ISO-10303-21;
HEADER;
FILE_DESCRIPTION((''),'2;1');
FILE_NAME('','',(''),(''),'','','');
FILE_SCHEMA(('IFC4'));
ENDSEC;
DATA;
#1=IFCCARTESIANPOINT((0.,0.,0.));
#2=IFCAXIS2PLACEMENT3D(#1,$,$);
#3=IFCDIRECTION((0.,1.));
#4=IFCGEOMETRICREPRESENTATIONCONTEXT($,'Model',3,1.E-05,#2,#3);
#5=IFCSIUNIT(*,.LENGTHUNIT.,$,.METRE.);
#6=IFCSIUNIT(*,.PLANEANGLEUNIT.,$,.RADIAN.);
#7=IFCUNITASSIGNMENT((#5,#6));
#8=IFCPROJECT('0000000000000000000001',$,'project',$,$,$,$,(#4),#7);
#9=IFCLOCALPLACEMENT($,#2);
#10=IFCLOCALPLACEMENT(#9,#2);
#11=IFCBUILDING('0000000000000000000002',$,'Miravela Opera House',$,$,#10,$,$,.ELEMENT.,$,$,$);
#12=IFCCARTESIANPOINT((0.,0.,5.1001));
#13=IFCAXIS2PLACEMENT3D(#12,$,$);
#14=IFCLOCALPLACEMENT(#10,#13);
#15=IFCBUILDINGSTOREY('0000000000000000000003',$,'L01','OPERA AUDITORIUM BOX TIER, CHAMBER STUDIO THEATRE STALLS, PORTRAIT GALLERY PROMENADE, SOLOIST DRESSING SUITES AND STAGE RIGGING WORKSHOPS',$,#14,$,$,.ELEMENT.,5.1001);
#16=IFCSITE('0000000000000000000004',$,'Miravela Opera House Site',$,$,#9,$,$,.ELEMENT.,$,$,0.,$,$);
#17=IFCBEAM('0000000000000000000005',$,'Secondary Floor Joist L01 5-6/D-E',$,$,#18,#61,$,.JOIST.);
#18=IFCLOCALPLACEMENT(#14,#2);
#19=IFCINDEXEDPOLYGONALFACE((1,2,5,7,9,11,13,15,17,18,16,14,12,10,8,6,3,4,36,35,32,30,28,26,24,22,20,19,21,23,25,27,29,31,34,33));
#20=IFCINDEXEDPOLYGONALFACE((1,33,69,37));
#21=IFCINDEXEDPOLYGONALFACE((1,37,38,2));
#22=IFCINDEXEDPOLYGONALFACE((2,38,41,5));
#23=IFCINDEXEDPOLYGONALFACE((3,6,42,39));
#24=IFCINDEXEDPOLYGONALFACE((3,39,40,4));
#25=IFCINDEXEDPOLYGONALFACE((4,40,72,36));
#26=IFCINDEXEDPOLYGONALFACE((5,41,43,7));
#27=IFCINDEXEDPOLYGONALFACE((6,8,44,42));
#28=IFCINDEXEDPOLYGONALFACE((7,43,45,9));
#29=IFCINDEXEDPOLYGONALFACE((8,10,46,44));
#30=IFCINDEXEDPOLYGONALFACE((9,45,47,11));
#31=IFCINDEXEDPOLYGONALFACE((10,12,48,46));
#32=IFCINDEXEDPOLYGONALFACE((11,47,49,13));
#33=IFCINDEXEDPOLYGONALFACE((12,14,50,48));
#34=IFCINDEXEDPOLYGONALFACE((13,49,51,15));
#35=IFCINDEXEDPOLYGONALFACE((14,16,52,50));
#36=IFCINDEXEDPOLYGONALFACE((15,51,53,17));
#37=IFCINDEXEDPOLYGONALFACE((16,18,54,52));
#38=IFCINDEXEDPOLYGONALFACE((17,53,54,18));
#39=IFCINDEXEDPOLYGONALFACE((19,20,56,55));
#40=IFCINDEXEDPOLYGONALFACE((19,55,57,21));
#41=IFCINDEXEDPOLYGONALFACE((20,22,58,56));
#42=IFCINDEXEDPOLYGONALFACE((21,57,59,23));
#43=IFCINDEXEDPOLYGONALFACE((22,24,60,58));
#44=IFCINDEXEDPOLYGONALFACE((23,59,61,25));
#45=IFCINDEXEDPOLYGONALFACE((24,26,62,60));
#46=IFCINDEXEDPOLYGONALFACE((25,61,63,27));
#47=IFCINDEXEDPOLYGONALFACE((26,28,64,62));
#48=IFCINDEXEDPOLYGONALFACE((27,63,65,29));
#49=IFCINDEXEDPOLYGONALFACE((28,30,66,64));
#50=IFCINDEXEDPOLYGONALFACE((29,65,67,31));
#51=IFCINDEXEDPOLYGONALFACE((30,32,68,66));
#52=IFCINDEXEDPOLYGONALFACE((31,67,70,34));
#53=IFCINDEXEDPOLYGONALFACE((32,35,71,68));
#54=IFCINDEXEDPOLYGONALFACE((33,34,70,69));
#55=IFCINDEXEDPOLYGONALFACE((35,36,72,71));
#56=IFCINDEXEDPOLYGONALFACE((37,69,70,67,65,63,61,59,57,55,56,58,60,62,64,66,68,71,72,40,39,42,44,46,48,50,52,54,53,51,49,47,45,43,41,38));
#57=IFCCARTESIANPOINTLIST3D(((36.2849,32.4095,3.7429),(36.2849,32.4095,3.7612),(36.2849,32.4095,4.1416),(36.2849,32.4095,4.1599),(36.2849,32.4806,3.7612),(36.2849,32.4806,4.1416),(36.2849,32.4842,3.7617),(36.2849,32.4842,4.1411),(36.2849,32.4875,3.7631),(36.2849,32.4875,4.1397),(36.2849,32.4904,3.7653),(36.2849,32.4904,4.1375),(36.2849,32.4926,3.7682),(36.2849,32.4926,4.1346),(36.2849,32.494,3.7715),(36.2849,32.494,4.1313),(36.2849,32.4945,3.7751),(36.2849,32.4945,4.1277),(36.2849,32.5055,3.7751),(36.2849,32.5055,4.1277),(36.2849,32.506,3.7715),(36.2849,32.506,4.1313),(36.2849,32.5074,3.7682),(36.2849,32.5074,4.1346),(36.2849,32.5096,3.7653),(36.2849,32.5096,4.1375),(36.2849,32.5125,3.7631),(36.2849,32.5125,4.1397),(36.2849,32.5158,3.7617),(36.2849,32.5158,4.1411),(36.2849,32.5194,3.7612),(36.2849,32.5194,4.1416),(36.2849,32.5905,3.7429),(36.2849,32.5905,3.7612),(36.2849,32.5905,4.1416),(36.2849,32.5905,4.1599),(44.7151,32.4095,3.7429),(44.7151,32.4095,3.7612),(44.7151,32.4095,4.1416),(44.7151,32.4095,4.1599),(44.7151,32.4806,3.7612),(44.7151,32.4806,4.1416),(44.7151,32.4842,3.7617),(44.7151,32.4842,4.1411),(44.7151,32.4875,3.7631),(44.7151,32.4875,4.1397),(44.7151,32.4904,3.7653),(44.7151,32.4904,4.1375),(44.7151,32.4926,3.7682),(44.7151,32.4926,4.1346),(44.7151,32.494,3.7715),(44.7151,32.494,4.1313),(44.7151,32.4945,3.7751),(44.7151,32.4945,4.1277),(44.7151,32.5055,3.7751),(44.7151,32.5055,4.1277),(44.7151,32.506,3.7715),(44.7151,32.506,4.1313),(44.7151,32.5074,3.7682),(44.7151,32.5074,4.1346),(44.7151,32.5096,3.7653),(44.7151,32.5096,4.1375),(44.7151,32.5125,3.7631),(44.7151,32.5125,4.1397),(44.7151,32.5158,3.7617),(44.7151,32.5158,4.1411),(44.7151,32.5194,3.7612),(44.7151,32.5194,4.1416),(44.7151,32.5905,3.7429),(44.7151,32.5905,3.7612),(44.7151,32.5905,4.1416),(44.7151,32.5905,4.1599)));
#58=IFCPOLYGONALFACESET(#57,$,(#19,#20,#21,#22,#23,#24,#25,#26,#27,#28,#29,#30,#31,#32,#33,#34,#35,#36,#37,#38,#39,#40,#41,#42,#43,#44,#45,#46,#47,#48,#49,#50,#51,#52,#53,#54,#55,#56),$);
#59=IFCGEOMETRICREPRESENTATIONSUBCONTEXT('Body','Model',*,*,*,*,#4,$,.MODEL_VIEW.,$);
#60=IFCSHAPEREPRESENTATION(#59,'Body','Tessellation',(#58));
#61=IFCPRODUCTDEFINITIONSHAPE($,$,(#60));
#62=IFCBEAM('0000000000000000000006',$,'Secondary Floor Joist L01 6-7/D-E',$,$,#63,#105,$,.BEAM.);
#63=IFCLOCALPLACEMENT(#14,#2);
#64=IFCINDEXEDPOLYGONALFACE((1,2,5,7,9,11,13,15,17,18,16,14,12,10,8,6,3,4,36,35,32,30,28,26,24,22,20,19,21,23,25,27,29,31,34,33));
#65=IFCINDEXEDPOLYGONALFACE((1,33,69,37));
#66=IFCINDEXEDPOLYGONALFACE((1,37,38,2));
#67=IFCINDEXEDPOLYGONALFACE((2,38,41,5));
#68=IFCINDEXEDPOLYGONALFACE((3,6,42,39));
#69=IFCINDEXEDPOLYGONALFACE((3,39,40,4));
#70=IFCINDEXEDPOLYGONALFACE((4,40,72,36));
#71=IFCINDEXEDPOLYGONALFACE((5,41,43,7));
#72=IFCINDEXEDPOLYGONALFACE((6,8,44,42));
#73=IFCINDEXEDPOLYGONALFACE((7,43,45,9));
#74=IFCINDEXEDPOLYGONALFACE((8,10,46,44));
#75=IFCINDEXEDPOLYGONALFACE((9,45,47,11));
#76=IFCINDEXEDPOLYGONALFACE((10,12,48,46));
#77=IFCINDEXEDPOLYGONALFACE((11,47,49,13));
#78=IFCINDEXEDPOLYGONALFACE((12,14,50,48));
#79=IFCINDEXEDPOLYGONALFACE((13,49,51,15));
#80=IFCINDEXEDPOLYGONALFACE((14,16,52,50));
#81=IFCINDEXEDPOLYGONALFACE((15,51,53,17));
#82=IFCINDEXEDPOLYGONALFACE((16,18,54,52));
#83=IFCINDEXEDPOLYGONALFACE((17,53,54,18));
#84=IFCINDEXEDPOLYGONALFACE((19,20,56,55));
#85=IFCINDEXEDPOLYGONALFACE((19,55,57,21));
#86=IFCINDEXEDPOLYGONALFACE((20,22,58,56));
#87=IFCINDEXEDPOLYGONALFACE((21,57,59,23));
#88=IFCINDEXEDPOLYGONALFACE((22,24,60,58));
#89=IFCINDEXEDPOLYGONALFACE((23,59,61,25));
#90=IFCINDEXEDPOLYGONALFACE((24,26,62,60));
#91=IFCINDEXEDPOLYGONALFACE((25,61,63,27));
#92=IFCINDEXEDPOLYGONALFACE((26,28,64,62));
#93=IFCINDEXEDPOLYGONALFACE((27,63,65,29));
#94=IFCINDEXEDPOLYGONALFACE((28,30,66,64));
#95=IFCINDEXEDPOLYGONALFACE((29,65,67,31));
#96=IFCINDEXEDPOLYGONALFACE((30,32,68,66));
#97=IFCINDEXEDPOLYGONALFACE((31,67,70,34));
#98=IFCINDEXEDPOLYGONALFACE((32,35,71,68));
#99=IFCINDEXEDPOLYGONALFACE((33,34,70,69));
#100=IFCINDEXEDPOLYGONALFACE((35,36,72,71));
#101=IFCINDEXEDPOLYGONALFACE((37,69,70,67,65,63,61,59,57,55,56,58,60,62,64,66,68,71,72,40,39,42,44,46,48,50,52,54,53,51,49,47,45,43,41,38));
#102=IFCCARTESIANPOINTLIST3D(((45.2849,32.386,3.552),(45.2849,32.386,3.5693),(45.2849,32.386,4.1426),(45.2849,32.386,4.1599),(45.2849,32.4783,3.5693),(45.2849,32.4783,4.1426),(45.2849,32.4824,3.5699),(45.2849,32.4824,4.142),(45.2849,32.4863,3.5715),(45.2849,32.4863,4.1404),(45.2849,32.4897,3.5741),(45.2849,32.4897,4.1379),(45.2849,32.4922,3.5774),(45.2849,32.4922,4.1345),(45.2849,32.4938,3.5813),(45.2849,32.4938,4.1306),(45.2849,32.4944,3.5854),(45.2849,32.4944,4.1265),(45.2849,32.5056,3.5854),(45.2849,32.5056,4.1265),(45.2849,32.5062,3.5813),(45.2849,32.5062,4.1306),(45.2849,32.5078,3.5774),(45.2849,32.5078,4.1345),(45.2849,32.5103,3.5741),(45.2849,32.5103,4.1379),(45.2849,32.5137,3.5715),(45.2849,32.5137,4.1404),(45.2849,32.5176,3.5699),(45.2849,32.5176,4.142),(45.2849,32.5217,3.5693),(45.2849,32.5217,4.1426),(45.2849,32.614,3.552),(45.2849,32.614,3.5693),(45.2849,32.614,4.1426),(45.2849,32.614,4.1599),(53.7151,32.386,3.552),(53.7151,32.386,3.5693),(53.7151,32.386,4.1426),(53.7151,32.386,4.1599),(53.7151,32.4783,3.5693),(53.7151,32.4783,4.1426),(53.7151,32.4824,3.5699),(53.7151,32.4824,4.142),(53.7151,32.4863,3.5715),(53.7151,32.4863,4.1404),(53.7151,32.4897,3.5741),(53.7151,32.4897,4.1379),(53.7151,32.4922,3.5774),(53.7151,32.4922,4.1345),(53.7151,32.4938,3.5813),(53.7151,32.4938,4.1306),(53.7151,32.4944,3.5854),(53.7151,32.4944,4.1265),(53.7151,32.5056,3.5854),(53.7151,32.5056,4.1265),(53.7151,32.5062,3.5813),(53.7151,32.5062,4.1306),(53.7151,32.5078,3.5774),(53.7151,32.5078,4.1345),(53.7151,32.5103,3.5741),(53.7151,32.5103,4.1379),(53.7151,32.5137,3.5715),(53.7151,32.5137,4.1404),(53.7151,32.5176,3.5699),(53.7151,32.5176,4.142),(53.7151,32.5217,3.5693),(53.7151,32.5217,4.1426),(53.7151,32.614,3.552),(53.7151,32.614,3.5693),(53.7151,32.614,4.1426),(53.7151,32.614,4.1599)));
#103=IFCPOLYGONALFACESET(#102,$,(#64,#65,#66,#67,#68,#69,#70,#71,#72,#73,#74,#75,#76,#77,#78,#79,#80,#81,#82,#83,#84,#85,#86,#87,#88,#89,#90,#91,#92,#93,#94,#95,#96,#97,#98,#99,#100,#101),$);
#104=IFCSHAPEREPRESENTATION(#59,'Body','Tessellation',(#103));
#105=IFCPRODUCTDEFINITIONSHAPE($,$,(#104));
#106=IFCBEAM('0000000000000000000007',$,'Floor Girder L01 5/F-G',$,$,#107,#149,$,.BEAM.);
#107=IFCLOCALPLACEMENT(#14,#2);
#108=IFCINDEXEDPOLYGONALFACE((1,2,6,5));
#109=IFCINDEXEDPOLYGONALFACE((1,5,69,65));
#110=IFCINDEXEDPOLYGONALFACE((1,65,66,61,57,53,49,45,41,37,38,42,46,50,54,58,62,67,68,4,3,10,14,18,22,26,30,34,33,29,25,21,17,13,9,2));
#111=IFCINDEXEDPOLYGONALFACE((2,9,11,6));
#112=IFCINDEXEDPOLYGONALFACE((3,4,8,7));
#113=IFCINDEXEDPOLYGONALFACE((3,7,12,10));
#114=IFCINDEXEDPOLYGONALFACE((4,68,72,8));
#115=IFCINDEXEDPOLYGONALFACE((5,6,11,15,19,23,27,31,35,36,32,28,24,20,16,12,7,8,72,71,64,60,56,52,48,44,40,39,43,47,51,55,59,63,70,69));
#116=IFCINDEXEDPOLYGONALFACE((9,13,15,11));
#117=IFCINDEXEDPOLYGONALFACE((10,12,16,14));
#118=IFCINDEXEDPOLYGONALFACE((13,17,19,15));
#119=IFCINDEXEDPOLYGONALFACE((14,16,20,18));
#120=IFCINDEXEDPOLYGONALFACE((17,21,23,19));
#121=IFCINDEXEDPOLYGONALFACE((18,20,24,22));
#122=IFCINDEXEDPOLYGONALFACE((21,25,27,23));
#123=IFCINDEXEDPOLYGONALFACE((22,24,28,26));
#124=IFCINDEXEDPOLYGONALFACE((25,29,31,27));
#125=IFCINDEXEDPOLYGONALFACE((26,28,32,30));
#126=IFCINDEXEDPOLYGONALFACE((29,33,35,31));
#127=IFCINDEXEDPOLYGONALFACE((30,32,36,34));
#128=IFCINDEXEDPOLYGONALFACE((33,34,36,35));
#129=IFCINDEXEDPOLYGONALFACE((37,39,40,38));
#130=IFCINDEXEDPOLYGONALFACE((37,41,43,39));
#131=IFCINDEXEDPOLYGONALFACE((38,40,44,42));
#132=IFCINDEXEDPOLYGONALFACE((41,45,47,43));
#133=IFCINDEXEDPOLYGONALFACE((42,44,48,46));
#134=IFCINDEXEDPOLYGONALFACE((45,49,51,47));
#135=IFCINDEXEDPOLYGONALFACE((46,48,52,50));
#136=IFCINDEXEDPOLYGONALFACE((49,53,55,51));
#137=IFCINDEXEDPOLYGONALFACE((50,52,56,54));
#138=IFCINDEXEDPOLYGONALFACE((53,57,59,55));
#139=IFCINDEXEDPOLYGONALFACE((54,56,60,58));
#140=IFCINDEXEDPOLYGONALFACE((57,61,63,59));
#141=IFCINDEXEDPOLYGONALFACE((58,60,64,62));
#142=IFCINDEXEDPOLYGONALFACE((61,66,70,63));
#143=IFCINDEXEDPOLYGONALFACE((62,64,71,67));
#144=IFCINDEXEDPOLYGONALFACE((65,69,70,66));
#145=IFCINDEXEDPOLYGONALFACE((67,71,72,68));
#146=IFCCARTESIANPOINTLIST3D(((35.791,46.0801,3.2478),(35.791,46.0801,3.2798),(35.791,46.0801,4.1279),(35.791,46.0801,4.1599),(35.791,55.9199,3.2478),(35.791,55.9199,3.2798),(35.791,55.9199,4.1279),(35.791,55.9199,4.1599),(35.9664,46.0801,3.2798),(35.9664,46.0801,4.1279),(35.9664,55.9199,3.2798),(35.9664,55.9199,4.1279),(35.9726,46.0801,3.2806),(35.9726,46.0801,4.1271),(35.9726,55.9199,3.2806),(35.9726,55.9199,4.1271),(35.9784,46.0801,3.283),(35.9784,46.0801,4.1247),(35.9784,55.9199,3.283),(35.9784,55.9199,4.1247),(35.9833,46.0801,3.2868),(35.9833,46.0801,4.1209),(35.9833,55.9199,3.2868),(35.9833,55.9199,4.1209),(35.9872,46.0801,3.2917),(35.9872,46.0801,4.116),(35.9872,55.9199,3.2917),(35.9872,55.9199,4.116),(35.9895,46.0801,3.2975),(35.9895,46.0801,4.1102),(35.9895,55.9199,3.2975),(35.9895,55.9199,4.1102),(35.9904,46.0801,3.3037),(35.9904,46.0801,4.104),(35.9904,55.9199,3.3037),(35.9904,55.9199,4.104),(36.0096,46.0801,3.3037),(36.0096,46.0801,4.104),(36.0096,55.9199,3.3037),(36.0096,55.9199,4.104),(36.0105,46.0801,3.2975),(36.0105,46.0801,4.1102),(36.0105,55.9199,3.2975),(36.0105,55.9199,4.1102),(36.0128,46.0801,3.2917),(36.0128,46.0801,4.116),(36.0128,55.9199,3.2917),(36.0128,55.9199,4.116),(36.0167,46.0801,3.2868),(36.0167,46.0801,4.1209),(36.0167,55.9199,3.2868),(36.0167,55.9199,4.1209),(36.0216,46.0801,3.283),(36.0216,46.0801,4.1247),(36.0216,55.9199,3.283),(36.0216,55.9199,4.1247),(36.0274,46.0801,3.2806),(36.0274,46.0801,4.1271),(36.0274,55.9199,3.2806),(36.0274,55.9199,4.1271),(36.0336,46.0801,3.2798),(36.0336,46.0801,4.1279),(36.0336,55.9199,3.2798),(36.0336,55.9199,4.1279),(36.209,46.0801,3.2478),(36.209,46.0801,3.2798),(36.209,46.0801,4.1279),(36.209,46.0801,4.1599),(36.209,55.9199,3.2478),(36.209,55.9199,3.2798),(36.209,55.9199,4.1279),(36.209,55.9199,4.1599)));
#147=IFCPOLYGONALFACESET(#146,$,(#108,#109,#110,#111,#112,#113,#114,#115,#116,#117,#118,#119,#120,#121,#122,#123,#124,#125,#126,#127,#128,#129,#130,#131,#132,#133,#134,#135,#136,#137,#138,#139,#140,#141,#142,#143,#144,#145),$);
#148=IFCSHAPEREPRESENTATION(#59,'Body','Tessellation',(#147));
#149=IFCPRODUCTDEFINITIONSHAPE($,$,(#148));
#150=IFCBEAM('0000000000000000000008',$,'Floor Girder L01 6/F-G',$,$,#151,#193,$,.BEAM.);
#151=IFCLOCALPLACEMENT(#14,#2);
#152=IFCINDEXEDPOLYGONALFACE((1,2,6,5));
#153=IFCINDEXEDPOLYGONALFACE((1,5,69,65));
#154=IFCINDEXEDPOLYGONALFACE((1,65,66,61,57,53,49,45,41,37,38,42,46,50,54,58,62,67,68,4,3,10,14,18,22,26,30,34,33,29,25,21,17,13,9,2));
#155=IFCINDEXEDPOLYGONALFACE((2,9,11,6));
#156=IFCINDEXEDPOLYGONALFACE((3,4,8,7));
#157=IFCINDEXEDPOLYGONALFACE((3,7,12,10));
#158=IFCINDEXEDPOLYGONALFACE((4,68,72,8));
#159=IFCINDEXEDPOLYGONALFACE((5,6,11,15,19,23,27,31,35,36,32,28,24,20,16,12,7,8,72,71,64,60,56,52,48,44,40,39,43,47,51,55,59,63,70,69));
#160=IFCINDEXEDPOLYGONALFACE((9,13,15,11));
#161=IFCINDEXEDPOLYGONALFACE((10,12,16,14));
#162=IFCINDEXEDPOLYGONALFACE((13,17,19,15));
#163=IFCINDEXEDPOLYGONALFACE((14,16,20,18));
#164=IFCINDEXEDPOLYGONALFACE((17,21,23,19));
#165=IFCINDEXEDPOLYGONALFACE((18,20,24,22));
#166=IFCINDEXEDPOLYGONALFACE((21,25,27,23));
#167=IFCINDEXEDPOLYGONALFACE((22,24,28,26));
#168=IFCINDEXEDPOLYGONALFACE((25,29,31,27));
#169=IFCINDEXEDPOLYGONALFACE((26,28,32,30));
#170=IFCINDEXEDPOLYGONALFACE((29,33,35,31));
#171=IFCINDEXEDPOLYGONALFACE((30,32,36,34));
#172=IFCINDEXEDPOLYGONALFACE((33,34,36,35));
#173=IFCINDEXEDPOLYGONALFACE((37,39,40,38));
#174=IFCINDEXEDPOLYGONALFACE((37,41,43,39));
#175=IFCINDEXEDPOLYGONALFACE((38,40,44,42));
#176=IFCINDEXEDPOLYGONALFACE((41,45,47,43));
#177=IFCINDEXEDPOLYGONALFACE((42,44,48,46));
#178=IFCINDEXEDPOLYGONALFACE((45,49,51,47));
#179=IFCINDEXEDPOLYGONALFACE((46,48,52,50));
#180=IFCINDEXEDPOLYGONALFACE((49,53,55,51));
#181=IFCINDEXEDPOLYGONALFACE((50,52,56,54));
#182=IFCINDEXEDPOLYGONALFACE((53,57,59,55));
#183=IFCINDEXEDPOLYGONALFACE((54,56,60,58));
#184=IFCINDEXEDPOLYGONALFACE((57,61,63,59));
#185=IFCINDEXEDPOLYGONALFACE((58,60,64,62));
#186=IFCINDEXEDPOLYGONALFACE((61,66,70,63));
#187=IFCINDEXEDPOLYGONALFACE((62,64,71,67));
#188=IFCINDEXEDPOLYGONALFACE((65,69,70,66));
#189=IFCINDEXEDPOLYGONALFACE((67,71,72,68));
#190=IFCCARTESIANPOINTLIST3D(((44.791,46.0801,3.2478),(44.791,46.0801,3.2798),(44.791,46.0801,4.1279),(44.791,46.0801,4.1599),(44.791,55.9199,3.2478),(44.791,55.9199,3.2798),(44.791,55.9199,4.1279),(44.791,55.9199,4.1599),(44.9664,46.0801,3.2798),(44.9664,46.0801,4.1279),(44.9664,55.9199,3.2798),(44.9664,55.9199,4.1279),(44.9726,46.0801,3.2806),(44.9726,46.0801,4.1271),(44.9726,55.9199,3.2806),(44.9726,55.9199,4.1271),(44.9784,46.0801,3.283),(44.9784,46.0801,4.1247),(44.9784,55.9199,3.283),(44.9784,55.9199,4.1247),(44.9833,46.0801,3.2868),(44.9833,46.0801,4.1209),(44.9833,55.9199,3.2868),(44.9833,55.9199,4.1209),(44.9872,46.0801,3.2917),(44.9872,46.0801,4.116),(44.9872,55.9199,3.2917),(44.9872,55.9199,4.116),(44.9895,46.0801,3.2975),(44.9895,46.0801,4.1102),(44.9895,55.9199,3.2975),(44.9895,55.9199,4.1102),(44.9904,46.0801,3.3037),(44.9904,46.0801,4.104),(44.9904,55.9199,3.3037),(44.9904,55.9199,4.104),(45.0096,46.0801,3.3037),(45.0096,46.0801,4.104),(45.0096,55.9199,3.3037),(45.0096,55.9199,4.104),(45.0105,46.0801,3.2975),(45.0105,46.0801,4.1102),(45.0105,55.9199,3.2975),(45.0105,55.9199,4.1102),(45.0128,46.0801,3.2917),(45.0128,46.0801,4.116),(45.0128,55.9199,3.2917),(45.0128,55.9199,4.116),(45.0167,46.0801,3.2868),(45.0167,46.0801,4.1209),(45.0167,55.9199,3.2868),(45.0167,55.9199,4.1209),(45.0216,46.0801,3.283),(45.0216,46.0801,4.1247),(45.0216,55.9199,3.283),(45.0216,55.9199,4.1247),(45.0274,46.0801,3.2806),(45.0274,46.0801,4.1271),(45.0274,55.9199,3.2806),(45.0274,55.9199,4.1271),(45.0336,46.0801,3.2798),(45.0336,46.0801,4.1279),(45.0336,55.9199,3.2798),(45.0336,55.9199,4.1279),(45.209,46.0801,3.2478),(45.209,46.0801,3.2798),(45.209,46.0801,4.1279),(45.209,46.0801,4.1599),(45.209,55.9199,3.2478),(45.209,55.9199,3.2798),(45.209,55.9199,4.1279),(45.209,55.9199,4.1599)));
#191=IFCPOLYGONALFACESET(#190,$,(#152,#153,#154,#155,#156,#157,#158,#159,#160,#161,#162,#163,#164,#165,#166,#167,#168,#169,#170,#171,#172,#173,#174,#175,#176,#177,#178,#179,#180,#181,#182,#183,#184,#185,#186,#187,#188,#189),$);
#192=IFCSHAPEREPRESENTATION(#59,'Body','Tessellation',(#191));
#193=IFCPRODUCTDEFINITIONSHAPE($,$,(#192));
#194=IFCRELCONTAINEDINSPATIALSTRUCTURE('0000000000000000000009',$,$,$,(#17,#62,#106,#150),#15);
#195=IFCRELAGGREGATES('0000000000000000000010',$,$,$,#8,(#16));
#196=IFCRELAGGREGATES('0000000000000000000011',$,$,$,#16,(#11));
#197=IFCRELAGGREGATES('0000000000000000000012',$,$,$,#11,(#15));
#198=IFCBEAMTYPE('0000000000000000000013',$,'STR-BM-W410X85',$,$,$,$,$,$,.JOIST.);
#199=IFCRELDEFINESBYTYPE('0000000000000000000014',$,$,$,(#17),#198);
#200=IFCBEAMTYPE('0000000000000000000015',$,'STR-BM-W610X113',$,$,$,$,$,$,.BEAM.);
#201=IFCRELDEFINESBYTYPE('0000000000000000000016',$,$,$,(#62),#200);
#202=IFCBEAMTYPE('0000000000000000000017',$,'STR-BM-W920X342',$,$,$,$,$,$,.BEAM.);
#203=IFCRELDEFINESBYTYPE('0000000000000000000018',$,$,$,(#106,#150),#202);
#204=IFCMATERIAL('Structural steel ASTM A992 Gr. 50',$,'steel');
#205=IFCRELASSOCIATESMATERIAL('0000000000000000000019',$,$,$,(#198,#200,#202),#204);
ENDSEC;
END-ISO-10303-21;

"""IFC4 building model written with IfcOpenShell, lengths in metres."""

from ifc_helpers import new_model, si_unit, direction, frame, origin, origin_2d, place, context, subcontext, project, spatial, i_section, extrude, material, material_profile, profile_set, type_object, element, save


model = new_model("IFC4")

# Units and contexts
model_context = context("Model", 3, precision=1e-05, world=origin(), true_north=direction((0.0, 1.0)))
body_context = subcontext(model_context, "Body", "Model", "MODEL_VIEW")
ifc_project = project(units=[si_unit("LENGTHUNIT", "METRE"), si_unit("PLANEANGLEUNIT", "RADIAN")], contexts=[model_context])

# Site, building, storey
site_placement = place(None, origin())
site = spatial("IfcSite", under=ifc_project, at=site_placement, Name="Miravela Opera House Site", CompositionType="ELEMENT", RefElevation=0.0)
building_placement = place(site_placement, origin())
building = spatial("IfcBuilding", under=site, at=building_placement, Name="Miravela Opera House", CompositionType="ELEMENT")
storey_placement = place(building_placement, frame((0.0, 0.0, 5.1001)))
storey = spatial("IfcBuildingStorey", under=building, at=storey_placement, Name="L01", Description="OPERA AUDITORIUM BOX TIER, CHAMBER STUDIO THEATRE STALLS, PORTRAIT GALLERY PROMENADE, SOLOIST DRESSING SUITES AND STAGE RIGGING WORKSHOPS", CompositionType="ELEMENT", Elevation=5.1001)

# Beams
ifc_material_1 = material(Name="Structural steel ASTM A992 Gr. 50", Category="steel")
ifc_material_profile_1 = material_profile(ifc_material_1, i_section(OverallWidth=0.1809, OverallDepth=0.417, WebThickness=0.011, FlangeThickness=0.0183, FilletRadius=0.0139, at=origin_2d()), Name="W410X85")
ifc_profile_set_1 = profile_set([ifc_material_profile_1])
beam_type_1 = type_object("IfcBeamType", Name="STR-BM-W410X85", PredefinedType="JOIST", material=ifc_profile_set_1)
beam_1_placement = place(storey_placement, frame((36.2849, 32.5, 3.9514), z_axis=(1.0, 0.0, 0.0), x_axis=(0.0, 1.0, 0.0)))
element("IfcBeam", 1, at=beam_1_placement, inside=storey, type_object=beam_type_1, Name="Secondary Floor Joist L01 5-6/D-E", PredefinedType="JOIST", context=body_context, shape_type="SweptSolid", body=[
    extrude(i_section(OverallWidth=0.1809, OverallDepth=0.417, WebThickness=0.011, FlangeThickness=0.0183, FilletRadius=0.0139, at=origin_2d()), origin(), (0.0, 0.0, 1.0), 8.4302),
])
ifc_material_profile_2 = material_profile(ifc_material_1, i_section(OverallWidth=0.228, OverallDepth=0.6079, WebThickness=0.0112, FlangeThickness=0.0173, FilletRadius=0.0161, at=origin_2d()), Name="W610X113")
ifc_profile_set_2 = profile_set([ifc_material_profile_2])
beam_type_2 = type_object("IfcBeamType", Name="STR-BM-W610X113", PredefinedType="BEAM", material=ifc_profile_set_2)
beam_2_placement = place(storey_placement, frame((45.2849, 32.5, 3.856), z_axis=(1.0, 0.0, 0.0), x_axis=(0.0, 1.0, 0.0)))
element("IfcBeam", 2, at=beam_2_placement, inside=storey, type_object=beam_type_2, Name="Secondary Floor Joist L01 6-7/D-E", PredefinedType="BEAM", context=body_context, shape_type="SweptSolid", body=[
    extrude(i_section(OverallWidth=0.228, OverallDepth=0.6079, WebThickness=0.0112, FlangeThickness=0.0173, FilletRadius=0.0161, at=origin_2d()), origin(), (0.0, 0.0, 1.0), 8.4302),
])
ifc_material_profile_3 = material_profile(ifc_material_1, i_section(OverallWidth=0.418, OverallDepth=0.9121, WebThickness=0.0193, FlangeThickness=0.032, FilletRadius=0.0239, at=origin_2d()), Name="W920X342")
ifc_profile_set_3 = profile_set([ifc_material_profile_3])
beam_type_3 = type_object("IfcBeamType", Name="STR-BM-W920X342", PredefinedType="BEAM", material=ifc_profile_set_3)
for number, where, z_axis, x_axis, name in (
    (3, (36.0, 46.0801, 3.7039), (0.0, 1.0, 0.0), (-1.0, 0.0, 0.0), "Floor Girder L01 5/F-G"),
    (4, (45.0, 46.0801, 3.7039), (0.0, 1.0, 0.0), (-1.0, 0.0, 0.0), "Floor Girder L01 6/F-G"),
):
    element("IfcBeam", number, at=place(storey_placement, frame(where, z_axis=z_axis, x_axis=x_axis)), inside=storey, type_object=beam_type_3, Name=name, PredefinedType="BEAM", context=body_context, shape_type="SweptSolid", body=[
        extrude(i_section(OverallWidth=0.418, OverallDepth=0.9121, WebThickness=0.0193, FlangeThickness=0.032, FilletRadius=0.0239, at=origin_2d()), origin(), (0.0, 0.0, 1.0), 9.8398),
    ])

save(model, "model.ifc")
